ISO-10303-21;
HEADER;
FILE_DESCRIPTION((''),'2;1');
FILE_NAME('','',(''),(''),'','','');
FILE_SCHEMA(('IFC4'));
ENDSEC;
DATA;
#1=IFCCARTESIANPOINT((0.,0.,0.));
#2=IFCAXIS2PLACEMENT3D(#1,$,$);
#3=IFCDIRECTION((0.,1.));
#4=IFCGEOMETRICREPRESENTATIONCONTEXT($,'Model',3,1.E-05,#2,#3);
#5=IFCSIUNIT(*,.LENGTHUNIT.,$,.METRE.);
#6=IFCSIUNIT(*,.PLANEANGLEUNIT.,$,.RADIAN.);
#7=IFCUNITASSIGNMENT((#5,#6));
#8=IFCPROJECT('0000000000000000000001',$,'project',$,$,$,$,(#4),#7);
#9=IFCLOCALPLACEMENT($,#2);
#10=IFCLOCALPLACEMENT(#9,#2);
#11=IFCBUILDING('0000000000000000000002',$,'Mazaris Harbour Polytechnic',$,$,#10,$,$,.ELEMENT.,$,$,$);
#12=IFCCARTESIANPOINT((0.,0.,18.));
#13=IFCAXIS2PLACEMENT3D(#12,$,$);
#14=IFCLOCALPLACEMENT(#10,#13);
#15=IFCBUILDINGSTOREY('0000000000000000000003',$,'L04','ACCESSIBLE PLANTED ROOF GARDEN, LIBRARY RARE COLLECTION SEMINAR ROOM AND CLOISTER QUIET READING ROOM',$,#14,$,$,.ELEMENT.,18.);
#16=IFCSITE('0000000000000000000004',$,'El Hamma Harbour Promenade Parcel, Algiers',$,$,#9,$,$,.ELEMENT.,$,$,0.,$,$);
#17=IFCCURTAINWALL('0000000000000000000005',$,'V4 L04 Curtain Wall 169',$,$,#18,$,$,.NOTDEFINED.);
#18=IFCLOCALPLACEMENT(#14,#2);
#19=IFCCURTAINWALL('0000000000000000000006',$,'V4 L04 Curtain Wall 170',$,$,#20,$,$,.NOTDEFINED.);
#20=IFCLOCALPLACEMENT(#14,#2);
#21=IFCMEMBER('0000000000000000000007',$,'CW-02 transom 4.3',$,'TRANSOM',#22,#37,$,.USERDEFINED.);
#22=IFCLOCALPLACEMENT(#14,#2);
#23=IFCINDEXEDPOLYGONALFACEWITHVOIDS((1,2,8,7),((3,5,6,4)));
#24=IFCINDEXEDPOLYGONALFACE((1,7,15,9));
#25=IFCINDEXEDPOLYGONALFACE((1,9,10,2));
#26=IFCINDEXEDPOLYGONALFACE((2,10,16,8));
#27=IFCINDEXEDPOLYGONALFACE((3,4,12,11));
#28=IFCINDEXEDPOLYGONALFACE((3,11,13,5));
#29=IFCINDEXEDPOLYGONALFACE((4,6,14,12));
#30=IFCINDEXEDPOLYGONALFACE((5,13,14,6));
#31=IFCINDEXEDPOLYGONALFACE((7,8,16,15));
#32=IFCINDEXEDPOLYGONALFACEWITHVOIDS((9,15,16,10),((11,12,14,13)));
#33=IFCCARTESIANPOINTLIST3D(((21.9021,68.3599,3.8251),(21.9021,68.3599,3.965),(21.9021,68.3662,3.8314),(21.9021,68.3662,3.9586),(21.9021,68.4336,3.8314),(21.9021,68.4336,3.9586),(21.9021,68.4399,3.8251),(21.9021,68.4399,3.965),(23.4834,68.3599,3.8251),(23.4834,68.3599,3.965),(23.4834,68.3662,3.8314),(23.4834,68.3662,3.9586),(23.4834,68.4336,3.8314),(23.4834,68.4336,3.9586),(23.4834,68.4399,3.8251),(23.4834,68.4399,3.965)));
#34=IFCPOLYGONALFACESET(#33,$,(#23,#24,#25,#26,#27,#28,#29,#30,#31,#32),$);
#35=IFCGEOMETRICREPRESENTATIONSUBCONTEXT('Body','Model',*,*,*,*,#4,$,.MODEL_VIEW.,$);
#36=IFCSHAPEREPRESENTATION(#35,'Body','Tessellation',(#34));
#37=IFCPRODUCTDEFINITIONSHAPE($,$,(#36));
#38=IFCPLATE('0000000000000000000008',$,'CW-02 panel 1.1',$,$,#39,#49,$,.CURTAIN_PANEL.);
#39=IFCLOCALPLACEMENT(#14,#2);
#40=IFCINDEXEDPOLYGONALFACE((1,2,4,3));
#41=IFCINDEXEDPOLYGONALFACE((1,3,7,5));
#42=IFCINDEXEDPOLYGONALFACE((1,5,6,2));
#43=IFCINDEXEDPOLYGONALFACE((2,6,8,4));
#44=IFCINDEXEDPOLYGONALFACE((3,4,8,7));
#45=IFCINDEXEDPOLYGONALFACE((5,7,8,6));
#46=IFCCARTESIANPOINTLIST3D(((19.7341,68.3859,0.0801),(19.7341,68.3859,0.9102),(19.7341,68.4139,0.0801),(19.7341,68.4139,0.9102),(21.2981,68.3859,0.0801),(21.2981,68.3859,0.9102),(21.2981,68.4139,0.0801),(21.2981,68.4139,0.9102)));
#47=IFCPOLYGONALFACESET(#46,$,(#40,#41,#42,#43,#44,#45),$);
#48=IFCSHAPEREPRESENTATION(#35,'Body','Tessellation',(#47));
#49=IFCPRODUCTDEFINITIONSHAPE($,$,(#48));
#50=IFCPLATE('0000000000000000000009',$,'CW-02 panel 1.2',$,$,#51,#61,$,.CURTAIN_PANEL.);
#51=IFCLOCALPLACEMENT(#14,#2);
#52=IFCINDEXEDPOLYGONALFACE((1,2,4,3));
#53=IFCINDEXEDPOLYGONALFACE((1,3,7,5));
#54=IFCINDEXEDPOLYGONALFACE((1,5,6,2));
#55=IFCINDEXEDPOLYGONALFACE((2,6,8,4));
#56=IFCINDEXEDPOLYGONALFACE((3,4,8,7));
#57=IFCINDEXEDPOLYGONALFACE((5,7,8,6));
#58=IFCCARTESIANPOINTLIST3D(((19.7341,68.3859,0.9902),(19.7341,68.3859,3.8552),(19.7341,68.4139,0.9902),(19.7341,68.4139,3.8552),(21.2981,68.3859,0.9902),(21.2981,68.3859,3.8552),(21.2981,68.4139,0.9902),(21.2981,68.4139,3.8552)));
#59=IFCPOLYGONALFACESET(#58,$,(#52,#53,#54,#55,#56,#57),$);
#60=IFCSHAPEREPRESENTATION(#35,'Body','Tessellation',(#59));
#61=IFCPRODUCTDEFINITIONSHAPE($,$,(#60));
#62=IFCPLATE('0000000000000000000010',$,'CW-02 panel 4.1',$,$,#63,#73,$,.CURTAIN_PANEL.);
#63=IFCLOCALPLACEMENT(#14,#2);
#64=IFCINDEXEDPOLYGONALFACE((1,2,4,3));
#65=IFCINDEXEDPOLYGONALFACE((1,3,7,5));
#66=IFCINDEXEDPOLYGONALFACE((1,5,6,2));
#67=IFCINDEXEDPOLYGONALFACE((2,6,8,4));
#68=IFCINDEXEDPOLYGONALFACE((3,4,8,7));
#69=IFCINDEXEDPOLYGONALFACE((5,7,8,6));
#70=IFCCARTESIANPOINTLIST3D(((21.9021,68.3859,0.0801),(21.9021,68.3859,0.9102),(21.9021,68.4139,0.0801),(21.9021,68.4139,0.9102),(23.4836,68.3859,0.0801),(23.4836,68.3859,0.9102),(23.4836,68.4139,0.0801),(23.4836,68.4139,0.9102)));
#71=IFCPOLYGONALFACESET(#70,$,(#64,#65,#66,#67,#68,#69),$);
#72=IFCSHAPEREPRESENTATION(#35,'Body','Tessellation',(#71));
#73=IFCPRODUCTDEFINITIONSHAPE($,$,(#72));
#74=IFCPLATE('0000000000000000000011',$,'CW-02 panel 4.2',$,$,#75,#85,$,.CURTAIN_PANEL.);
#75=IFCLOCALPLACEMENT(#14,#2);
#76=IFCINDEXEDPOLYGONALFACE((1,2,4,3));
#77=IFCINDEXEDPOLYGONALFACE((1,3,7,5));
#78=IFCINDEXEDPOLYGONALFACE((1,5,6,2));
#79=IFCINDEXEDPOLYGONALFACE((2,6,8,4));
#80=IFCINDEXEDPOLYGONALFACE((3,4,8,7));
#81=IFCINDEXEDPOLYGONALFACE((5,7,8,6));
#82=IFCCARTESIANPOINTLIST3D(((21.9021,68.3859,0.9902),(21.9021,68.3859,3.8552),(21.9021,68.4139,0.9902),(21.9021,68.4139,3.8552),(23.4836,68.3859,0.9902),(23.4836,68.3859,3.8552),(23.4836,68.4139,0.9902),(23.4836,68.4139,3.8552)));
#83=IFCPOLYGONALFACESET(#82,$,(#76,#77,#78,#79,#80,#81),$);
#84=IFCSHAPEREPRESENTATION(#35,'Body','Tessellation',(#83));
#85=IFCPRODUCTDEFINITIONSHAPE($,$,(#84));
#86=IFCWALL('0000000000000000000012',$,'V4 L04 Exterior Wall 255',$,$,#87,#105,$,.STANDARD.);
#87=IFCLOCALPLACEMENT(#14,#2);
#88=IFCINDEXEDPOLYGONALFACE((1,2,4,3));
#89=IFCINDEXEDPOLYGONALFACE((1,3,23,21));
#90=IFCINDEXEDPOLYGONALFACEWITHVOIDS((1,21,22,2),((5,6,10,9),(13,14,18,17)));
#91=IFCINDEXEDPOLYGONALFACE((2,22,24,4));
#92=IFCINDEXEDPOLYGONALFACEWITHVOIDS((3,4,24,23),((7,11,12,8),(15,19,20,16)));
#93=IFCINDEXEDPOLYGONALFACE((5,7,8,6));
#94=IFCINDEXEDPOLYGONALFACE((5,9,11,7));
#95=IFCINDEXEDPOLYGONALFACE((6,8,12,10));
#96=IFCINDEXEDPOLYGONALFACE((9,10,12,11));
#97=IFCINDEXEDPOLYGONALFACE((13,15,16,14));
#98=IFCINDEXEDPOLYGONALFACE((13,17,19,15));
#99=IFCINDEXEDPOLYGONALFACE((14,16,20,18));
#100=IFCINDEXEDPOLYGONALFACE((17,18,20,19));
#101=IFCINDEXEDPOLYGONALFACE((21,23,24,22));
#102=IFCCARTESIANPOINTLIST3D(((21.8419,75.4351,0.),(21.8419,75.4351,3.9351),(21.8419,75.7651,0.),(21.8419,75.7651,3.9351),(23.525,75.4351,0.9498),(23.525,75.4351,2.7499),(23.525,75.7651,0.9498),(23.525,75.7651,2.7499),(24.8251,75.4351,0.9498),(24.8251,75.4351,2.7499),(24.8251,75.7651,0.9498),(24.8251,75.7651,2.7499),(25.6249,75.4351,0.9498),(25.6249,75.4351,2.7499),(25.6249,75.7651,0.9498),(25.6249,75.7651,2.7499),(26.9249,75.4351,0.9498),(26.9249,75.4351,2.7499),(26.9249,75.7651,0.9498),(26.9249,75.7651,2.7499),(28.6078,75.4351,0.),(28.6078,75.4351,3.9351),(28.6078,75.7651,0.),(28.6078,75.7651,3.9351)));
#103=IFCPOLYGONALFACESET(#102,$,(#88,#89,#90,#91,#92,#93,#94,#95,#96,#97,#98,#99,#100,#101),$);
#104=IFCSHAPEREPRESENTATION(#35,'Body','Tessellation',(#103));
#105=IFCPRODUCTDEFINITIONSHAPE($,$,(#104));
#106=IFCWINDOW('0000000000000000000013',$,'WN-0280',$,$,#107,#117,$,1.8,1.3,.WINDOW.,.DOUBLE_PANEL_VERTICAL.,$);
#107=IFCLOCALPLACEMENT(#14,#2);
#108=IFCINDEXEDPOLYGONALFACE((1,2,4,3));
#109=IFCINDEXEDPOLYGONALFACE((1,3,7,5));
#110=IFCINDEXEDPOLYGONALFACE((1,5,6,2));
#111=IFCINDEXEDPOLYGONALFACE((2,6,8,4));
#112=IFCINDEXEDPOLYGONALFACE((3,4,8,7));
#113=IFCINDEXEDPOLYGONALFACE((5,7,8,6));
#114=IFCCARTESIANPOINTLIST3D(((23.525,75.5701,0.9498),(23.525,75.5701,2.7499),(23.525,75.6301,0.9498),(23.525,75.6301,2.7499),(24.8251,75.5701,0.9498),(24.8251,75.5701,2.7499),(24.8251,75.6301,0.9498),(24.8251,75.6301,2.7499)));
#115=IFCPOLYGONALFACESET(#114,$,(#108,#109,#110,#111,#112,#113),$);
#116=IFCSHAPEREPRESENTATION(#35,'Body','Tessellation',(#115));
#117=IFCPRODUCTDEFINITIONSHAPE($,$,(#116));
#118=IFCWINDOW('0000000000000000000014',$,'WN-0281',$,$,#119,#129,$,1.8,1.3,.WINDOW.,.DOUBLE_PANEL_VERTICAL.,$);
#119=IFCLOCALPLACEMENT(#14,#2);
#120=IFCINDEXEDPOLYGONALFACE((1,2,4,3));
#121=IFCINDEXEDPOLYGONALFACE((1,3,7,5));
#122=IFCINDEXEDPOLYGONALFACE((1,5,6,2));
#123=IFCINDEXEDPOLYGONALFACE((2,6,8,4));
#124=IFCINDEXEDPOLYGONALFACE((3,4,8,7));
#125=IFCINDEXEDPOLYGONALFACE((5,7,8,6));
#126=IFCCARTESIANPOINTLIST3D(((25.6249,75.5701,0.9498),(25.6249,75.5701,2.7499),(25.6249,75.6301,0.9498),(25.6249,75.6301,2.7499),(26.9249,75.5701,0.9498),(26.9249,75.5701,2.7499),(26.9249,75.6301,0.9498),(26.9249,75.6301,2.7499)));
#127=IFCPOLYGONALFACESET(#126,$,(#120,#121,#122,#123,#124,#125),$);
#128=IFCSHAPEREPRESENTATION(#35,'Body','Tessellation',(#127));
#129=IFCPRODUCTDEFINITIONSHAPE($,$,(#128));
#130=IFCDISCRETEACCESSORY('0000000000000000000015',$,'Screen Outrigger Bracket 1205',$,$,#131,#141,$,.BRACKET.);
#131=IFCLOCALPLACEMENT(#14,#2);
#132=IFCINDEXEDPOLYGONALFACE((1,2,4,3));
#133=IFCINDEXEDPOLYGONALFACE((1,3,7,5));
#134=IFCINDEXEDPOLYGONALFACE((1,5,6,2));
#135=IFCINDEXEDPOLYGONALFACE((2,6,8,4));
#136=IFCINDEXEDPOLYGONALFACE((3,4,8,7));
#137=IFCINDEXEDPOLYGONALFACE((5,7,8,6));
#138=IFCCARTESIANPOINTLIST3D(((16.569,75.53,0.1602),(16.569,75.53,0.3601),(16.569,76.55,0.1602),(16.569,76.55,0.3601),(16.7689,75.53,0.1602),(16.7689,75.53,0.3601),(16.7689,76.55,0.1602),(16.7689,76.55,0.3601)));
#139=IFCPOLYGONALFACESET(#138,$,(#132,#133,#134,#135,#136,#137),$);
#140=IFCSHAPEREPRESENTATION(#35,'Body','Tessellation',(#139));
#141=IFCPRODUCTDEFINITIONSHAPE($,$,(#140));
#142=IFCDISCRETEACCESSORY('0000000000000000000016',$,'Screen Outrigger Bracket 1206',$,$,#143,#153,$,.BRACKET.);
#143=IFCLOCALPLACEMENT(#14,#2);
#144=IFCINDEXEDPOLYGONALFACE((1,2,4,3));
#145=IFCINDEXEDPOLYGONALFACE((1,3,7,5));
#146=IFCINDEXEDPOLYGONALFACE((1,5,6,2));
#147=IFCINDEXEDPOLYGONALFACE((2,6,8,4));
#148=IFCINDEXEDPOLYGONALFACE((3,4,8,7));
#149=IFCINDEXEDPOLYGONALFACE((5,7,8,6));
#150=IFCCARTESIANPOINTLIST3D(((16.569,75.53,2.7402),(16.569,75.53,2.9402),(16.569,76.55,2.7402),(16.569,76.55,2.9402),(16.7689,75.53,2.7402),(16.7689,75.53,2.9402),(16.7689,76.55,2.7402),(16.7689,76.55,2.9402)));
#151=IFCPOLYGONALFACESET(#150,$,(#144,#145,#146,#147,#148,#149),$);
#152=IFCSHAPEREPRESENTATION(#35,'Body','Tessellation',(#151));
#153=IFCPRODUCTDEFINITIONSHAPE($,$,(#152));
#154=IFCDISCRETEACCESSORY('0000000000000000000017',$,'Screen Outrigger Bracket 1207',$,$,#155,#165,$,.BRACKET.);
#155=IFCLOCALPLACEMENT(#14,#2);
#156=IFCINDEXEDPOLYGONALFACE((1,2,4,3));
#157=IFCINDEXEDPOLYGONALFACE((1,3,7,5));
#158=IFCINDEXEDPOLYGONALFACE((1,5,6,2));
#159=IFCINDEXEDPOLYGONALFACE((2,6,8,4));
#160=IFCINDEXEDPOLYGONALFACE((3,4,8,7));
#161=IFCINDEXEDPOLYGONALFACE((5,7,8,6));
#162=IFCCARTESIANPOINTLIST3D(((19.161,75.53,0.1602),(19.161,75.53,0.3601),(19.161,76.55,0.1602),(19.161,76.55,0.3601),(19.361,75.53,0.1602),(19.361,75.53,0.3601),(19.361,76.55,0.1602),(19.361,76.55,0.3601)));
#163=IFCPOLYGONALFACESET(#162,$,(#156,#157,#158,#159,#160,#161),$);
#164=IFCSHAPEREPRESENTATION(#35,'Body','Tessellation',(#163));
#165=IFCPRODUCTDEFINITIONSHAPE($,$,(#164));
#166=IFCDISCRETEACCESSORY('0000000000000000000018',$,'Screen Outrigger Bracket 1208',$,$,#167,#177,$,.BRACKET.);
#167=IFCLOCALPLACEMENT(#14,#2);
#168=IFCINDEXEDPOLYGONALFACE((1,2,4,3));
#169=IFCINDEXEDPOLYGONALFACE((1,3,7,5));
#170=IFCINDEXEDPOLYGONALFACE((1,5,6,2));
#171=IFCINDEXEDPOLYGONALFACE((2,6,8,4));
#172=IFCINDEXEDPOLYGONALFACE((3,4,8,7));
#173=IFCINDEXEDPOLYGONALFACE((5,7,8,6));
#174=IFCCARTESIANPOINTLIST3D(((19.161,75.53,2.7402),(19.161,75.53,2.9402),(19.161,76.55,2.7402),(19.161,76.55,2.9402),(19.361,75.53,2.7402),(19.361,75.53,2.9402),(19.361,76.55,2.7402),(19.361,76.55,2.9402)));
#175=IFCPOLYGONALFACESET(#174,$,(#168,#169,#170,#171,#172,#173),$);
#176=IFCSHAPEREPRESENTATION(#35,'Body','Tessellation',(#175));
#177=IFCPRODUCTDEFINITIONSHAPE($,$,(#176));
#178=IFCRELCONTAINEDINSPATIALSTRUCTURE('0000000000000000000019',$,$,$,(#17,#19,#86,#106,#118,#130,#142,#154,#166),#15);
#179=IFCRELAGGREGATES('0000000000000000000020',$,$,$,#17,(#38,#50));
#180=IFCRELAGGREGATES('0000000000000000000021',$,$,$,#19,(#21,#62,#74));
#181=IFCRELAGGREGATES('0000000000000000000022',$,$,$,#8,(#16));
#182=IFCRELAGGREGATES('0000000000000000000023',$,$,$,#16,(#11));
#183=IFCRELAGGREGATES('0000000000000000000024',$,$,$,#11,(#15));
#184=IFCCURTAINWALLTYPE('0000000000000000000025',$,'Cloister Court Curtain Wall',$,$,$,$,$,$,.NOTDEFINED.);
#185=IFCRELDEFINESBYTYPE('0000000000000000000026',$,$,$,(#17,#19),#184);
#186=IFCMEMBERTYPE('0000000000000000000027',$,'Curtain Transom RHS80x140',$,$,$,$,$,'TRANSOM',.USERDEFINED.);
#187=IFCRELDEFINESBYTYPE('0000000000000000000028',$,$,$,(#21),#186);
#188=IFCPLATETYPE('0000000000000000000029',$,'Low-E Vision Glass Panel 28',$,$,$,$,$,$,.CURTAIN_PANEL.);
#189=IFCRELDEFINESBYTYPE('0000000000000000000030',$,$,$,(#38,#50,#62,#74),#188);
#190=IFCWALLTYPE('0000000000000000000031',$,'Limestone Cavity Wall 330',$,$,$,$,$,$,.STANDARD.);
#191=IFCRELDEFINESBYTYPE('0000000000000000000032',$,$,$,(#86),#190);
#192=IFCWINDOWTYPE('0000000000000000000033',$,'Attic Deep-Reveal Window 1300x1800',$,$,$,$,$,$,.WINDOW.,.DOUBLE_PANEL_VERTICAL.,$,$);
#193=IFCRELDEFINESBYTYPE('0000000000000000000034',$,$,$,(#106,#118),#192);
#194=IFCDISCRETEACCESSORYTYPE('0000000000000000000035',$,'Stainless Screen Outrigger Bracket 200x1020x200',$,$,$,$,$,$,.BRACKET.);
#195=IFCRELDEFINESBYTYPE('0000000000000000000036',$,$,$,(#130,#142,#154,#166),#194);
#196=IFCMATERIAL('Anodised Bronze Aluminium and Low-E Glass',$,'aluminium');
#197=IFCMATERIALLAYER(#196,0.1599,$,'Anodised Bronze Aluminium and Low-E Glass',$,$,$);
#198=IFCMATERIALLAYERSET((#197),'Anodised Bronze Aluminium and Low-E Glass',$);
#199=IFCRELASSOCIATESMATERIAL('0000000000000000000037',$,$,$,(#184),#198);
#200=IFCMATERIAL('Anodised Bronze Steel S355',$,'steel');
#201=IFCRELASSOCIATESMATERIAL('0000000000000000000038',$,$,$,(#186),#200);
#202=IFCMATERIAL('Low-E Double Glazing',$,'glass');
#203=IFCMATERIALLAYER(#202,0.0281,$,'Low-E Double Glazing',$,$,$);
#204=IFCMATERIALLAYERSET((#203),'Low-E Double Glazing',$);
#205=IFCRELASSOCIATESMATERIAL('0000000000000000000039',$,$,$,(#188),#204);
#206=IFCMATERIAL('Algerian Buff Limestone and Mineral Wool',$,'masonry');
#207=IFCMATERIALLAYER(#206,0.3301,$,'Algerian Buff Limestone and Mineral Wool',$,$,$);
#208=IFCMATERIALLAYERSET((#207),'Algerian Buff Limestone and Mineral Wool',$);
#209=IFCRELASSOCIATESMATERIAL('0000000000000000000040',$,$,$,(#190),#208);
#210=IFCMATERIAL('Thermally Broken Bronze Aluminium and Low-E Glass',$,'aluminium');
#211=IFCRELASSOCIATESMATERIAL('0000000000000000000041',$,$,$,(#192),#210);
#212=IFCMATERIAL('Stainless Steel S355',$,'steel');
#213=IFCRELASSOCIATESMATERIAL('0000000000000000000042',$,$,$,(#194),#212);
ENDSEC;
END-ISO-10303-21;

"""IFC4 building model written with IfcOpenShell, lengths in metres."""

from ifc_helpers import new_model, si_unit, direction, frame, frame_2d, origin, origin_2d, place, context, subcontext, project, spatial, rectangle, hollow_rectangle, extrude, material, layer, layer_set, material_profile, profile_set, type_object, element, fill, aggregate, save


model = new_model("IFC4")

# Units and contexts
model_context = context("Model", 3, precision=1e-05, world=origin(), true_north=direction((0.0, 1.0)))
body_context = subcontext(model_context, "Body", "Model", "MODEL_VIEW")
ifc_project = project(units=[si_unit("LENGTHUNIT", "METRE"), si_unit("PLANEANGLEUNIT", "RADIAN")], contexts=[model_context])

# Site, building, storey
site_placement = place(None, origin())
site = spatial("IfcSite", under=ifc_project, at=site_placement, Name="El Hamma Harbour Promenade Parcel, Algiers", CompositionType="ELEMENT", RefElevation=0.0)
building_placement = place(site_placement, origin())
building = spatial("IfcBuilding", under=site, at=building_placement, Name="Mazaris Harbour Polytechnic", CompositionType="ELEMENT")
storey_placement = place(building_placement, frame((0.0, 0.0, 18.0)))
storey = spatial("IfcBuildingStorey", under=building, at=storey_placement, Name="L04", Description="ACCESSIBLE PLANTED ROOF GARDEN, LIBRARY RARE COLLECTION SEMINAR ROOM AND CLOISTER QUIET READING ROOM", CompositionType="ELEMENT", Elevation=18.0)

# Curtain wall
ifc_material_1 = material(Name="Anodised Bronze Aluminium and Low-E Glass", Category="aluminium")
ifc_layer_1 = layer(ifc_material_1, 0.1599, Name="Anodised Bronze Aluminium and Low-E Glass")
ifc_layer_set_1 = layer_set([ifc_layer_1], Name="Anodised Bronze Aluminium and Low-E Glass")
curtain_wall_type = type_object("IfcCurtainWallType", Name="Cloister Court Curtain Wall", PredefinedType="NOTDEFINED", material=ifc_layer_set_1)
curtain_wall_1_placement = place(storey_placement, origin())
curtain_wall_1 = element("IfcCurtainWall", 1, at=curtain_wall_1_placement, inside=storey, type_object=curtain_wall_type, Name="V4 L04 Curtain Wall 169", PredefinedType="NOTDEFINED")

# Curtain wall
curtain_wall_2_placement = place(storey_placement, origin())
curtain_wall_2 = element("IfcCurtainWall", 2, at=curtain_wall_2_placement, inside=storey, type_object=curtain_wall_type, Name="V4 L04 Curtain Wall 170", PredefinedType="NOTDEFINED")

# Member
ifc_material_2 = material(Name="Anodised Bronze Steel S355", Category="steel")
ifc_material_profile_1 = material_profile(ifc_material_2, hollow_rectangle(XDim=0.0801, YDim=0.1399, WallThickness=0.0063, at=origin_2d()), Name="RHS 80x140x6.3")
ifc_profile_set_1 = profile_set([ifc_material_profile_1], Name="Anodised Bronze Steel S355")
member_type_1 = type_object("IfcMemberType", Name="Curtain Transom RHS80x140", ElementType="TRANSOM", PredefinedType="USERDEFINED", material=ifc_profile_set_1)
member_1_placement = place(storey_placement, frame((23.4834, 68.3999, 3.895), z_axis=(-1.0, 0.0, 0.0), x_axis=(0.0, -1.0, 0.0)))
member_1 = element("IfcMember", 3, at=member_1_placement, type_object=member_type_1, Name="CW-02 transom 4.3", ObjectType="TRANSOM", PredefinedType="USERDEFINED", context=body_context, shape_type="SweptSolid", body=[
    extrude(hollow_rectangle(XDim=0.0801, YDim=0.1399, WallThickness=0.0063, at=origin_2d()), origin(), (0.0, 0.0, 1.0), 1.5813),
])

# Plates
ifc_material_3 = material(Name="Low-E Double Glazing", Category="glass")
ifc_layer_2 = layer(ifc_material_3, 0.0281, Name="Low-E Double Glazing")
ifc_layer_set_2 = layer_set([ifc_layer_2], Name="Low-E Double Glazing")
plate_type = type_object("IfcPlateType", Name="Low-E Vision Glass Panel 28", PredefinedType="CURTAIN_PANEL", material=ifc_layer_set_2)
plate_1_placement = place(storey_placement, frame((20.5161, 68.3999, 0.0801), z_axis=(0.0, 0.0, 1.0), x_axis=(-1.0, 0.0, 0.0)))
plate_1 = element("IfcPlate", 4, at=plate_1_placement, type_object=plate_type, Name="CW-02 panel 1.1", PredefinedType="CURTAIN_PANEL", context=body_context, shape_type="SweptSolid", body=[
    extrude(rectangle(XDim=1.564, YDim=0.0281, at=origin_2d()), origin(), (0.0, 0.0, 1.0), 0.8301),
])
plate_2_placement = place(storey_placement, frame((20.5161, 68.3999, 0.9902), z_axis=(0.0, 0.0, 1.0), x_axis=(-1.0, 0.0, 0.0)))
plate_2 = element("IfcPlate", 5, at=plate_2_placement, type_object=plate_type, Name="CW-02 panel 1.2", PredefinedType="CURTAIN_PANEL", context=body_context, shape_type="SweptSolid", body=[
    extrude(rectangle(XDim=1.564, YDim=0.0281, at=origin_2d()), origin(), (0.0, 0.0, 1.0), 2.865),
])
aggregate(curtain_wall_1, [plate_1, plate_2])
plate_3_placement = place(storey_placement, frame((22.6929, 68.3999, 0.0801), z_axis=(0.0, 0.0, 1.0), x_axis=(-1.0, 0.0, 0.0)))
plate_3 = element("IfcPlate", 6, at=plate_3_placement, type_object=plate_type, Name="CW-02 panel 4.1", PredefinedType="CURTAIN_PANEL", context=body_context, shape_type="SweptSolid", body=[
    extrude(rectangle(XDim=1.5815, YDim=0.0281, at=origin_2d()), origin(), (0.0, 0.0, 1.0), 0.8301),
])
plate_4_placement = place(storey_placement, frame((22.6929, 68.3999, 0.9902), z_axis=(0.0, 0.0, 1.0), x_axis=(-1.0, 0.0, 0.0)))
plate_4 = element("IfcPlate", 7, at=plate_4_placement, type_object=plate_type, Name="CW-02 panel 4.2", PredefinedType="CURTAIN_PANEL", context=body_context, shape_type="SweptSolid", body=[
    extrude(rectangle(XDim=1.5815, YDim=0.0281, at=origin_2d()), origin(), (0.0, 0.0, 1.0), 2.865),
])
aggregate(curtain_wall_2, [member_1, plate_3, plate_4])

# Wall, openings, windows
ifc_material_4 = material(Name="Algerian Buff Limestone and Mineral Wool", Category="masonry")
ifc_layer_3 = layer(ifc_material_4, 0.3301, Name="Algerian Buff Limestone and Mineral Wool")
ifc_layer_set_3 = layer_set([ifc_layer_3], Name="Algerian Buff Limestone and Mineral Wool")
wall_type = type_object("IfcWallType", Name="Limestone Cavity Wall 330", PredefinedType="STANDARD", material=ifc_layer_set_3)
wall_placement = place(storey_placement, frame((21.842, 75.6001, 0.0), z_axis=(0.0, 0.0, 1.0), x_axis=(1.0, 0.0, 0.0)))
wall = element("IfcWall", 8, at=wall_placement, inside=storey, type_object=wall_type, Name="V4 L04 Exterior Wall 255", PredefinedType="STANDARD", context=body_context, shape_type="SweptSolid", body=[
    extrude(rectangle(XDim=6.7659, YDim=0.3301, at=frame_2d((3.3828, 0.0))), origin(), (0.0, 0.0, 1.0), 3.9351),
])
opening_1_placement = place(wall_placement, frame((1.6831, 0.0, 0.95)))
opening_1 = element("IfcOpeningElement", 9, at=opening_1_placement, cuts=wall, PredefinedType="OPENING", context=body_context, shape_type="SweptSolid", body=[
    extrude(rectangle(XDim=1.3, YDim=1.8, at=frame_2d((0.6499, 0.8999))), frame((0.0, 0.175, 0.0), z_axis=(0.0, -1.0, 0.0), x_axis=(1.0, 0.0, 0.0)), (0.0, 0.0, 1.0), 0.3501),
])
opening_2_placement = place(wall_placement, frame((3.783, 0.0, 0.95)))
opening_2 = element("IfcOpeningElement", 10, at=opening_2_placement, cuts=wall, PredefinedType="OPENING", context=body_context, shape_type="SweptSolid", body=[
    extrude(rectangle(XDim=1.3, YDim=1.8, at=frame_2d((0.6499, 0.8999))), frame((0.0, 0.175, 0.0), z_axis=(0.0, -1.0, 0.0), x_axis=(1.0, 0.0, 0.0)), (0.0, 0.0, 1.0), 0.3501),
])
ifc_material_5 = material(Name="Thermally Broken Bronze Aluminium and Low-E Glass", Category="aluminium")
window_type = type_object("IfcWindowType", Name="Attic Deep-Reveal Window 1300x1800", PartitioningType="DOUBLE_PANEL_VERTICAL", PredefinedType="WINDOW", material=ifc_material_5)
window_1_placement = place(opening_1_placement, origin())
window_1 = element("IfcWindow", 11, at=window_1_placement, inside=storey, type_object=window_type, Name="WN-0280", OverallHeight=1.8, OverallWidth=1.3, PartitioningType="DOUBLE_PANEL_VERTICAL", PredefinedType="WINDOW", context=body_context, shape_type="SweptSolid", body=[
    extrude(rectangle(XDim=1.3, YDim=1.8, at=frame_2d((0.6499, 0.8999))), frame((0.0, 0.03, 0.0), z_axis=(0.0, -1.0, 0.0), x_axis=(1.0, 0.0, 0.0)), (0.0, 0.0, 1.0), 0.0601),
])
fill(opening_1, window_1)
window_2_placement = place(opening_2_placement, origin())
window_2 = element("IfcWindow", 12, at=window_2_placement, inside=storey, type_object=window_type, Name="WN-0281", OverallHeight=1.8, OverallWidth=1.3, PartitioningType="DOUBLE_PANEL_VERTICAL", PredefinedType="WINDOW", context=body_context, shape_type="SweptSolid", body=[
    extrude(rectangle(XDim=1.3, YDim=1.8, at=frame_2d((0.6499, 0.8999))), frame((0.0, 0.03, 0.0), z_axis=(0.0, -1.0, 0.0), x_axis=(1.0, 0.0, 0.0)), (0.0, 0.0, 1.0), 0.0601),
])
fill(opening_2, window_2)

# Discrete accessories
ifc_material_6 = material(Name="Stainless Steel S355", Category="steel")
discrete_accessory_type = type_object("IfcDiscreteAccessoryType", Name="Stainless Screen Outrigger Bracket 200x1020x200", PredefinedType="BRACKET", material=ifc_material_6)
for number, where, z_axis, x_axis, name in (
    (13, (16.6689, 76.04, 0.1602), (0.0, 0.0, 1.0), (1.0, 0.0, 0.0), "Screen Outrigger Bracket 1205"),
    (14, (16.6689, 76.04, 2.7402), (0.0, 0.0, 1.0), (1.0, 0.0, 0.0), "Screen Outrigger Bracket 1206"),
    (15, (19.261, 76.04, 0.1602), (0.0, 0.0, 1.0), (1.0, 0.0, 0.0), "Screen Outrigger Bracket 1207"),
    (16, (19.261, 76.04, 2.7402), (0.0, 0.0, 1.0), (1.0, 0.0, 0.0), "Screen Outrigger Bracket 1208"),
):
    element("IfcDiscreteAccessory", number, at=place(storey_placement, frame(where, z_axis=z_axis, x_axis=x_axis)), inside=storey, type_object=discrete_accessory_type, Name=name, PredefinedType="BRACKET", context=body_context, shape_type="SweptSolid", body=[
        extrude(rectangle(XDim=0.2, YDim=1.02, at=origin_2d()), origin(), (0.0, 0.0, 1.0), 0.2),
    ])

save(model, "model.ifc")
